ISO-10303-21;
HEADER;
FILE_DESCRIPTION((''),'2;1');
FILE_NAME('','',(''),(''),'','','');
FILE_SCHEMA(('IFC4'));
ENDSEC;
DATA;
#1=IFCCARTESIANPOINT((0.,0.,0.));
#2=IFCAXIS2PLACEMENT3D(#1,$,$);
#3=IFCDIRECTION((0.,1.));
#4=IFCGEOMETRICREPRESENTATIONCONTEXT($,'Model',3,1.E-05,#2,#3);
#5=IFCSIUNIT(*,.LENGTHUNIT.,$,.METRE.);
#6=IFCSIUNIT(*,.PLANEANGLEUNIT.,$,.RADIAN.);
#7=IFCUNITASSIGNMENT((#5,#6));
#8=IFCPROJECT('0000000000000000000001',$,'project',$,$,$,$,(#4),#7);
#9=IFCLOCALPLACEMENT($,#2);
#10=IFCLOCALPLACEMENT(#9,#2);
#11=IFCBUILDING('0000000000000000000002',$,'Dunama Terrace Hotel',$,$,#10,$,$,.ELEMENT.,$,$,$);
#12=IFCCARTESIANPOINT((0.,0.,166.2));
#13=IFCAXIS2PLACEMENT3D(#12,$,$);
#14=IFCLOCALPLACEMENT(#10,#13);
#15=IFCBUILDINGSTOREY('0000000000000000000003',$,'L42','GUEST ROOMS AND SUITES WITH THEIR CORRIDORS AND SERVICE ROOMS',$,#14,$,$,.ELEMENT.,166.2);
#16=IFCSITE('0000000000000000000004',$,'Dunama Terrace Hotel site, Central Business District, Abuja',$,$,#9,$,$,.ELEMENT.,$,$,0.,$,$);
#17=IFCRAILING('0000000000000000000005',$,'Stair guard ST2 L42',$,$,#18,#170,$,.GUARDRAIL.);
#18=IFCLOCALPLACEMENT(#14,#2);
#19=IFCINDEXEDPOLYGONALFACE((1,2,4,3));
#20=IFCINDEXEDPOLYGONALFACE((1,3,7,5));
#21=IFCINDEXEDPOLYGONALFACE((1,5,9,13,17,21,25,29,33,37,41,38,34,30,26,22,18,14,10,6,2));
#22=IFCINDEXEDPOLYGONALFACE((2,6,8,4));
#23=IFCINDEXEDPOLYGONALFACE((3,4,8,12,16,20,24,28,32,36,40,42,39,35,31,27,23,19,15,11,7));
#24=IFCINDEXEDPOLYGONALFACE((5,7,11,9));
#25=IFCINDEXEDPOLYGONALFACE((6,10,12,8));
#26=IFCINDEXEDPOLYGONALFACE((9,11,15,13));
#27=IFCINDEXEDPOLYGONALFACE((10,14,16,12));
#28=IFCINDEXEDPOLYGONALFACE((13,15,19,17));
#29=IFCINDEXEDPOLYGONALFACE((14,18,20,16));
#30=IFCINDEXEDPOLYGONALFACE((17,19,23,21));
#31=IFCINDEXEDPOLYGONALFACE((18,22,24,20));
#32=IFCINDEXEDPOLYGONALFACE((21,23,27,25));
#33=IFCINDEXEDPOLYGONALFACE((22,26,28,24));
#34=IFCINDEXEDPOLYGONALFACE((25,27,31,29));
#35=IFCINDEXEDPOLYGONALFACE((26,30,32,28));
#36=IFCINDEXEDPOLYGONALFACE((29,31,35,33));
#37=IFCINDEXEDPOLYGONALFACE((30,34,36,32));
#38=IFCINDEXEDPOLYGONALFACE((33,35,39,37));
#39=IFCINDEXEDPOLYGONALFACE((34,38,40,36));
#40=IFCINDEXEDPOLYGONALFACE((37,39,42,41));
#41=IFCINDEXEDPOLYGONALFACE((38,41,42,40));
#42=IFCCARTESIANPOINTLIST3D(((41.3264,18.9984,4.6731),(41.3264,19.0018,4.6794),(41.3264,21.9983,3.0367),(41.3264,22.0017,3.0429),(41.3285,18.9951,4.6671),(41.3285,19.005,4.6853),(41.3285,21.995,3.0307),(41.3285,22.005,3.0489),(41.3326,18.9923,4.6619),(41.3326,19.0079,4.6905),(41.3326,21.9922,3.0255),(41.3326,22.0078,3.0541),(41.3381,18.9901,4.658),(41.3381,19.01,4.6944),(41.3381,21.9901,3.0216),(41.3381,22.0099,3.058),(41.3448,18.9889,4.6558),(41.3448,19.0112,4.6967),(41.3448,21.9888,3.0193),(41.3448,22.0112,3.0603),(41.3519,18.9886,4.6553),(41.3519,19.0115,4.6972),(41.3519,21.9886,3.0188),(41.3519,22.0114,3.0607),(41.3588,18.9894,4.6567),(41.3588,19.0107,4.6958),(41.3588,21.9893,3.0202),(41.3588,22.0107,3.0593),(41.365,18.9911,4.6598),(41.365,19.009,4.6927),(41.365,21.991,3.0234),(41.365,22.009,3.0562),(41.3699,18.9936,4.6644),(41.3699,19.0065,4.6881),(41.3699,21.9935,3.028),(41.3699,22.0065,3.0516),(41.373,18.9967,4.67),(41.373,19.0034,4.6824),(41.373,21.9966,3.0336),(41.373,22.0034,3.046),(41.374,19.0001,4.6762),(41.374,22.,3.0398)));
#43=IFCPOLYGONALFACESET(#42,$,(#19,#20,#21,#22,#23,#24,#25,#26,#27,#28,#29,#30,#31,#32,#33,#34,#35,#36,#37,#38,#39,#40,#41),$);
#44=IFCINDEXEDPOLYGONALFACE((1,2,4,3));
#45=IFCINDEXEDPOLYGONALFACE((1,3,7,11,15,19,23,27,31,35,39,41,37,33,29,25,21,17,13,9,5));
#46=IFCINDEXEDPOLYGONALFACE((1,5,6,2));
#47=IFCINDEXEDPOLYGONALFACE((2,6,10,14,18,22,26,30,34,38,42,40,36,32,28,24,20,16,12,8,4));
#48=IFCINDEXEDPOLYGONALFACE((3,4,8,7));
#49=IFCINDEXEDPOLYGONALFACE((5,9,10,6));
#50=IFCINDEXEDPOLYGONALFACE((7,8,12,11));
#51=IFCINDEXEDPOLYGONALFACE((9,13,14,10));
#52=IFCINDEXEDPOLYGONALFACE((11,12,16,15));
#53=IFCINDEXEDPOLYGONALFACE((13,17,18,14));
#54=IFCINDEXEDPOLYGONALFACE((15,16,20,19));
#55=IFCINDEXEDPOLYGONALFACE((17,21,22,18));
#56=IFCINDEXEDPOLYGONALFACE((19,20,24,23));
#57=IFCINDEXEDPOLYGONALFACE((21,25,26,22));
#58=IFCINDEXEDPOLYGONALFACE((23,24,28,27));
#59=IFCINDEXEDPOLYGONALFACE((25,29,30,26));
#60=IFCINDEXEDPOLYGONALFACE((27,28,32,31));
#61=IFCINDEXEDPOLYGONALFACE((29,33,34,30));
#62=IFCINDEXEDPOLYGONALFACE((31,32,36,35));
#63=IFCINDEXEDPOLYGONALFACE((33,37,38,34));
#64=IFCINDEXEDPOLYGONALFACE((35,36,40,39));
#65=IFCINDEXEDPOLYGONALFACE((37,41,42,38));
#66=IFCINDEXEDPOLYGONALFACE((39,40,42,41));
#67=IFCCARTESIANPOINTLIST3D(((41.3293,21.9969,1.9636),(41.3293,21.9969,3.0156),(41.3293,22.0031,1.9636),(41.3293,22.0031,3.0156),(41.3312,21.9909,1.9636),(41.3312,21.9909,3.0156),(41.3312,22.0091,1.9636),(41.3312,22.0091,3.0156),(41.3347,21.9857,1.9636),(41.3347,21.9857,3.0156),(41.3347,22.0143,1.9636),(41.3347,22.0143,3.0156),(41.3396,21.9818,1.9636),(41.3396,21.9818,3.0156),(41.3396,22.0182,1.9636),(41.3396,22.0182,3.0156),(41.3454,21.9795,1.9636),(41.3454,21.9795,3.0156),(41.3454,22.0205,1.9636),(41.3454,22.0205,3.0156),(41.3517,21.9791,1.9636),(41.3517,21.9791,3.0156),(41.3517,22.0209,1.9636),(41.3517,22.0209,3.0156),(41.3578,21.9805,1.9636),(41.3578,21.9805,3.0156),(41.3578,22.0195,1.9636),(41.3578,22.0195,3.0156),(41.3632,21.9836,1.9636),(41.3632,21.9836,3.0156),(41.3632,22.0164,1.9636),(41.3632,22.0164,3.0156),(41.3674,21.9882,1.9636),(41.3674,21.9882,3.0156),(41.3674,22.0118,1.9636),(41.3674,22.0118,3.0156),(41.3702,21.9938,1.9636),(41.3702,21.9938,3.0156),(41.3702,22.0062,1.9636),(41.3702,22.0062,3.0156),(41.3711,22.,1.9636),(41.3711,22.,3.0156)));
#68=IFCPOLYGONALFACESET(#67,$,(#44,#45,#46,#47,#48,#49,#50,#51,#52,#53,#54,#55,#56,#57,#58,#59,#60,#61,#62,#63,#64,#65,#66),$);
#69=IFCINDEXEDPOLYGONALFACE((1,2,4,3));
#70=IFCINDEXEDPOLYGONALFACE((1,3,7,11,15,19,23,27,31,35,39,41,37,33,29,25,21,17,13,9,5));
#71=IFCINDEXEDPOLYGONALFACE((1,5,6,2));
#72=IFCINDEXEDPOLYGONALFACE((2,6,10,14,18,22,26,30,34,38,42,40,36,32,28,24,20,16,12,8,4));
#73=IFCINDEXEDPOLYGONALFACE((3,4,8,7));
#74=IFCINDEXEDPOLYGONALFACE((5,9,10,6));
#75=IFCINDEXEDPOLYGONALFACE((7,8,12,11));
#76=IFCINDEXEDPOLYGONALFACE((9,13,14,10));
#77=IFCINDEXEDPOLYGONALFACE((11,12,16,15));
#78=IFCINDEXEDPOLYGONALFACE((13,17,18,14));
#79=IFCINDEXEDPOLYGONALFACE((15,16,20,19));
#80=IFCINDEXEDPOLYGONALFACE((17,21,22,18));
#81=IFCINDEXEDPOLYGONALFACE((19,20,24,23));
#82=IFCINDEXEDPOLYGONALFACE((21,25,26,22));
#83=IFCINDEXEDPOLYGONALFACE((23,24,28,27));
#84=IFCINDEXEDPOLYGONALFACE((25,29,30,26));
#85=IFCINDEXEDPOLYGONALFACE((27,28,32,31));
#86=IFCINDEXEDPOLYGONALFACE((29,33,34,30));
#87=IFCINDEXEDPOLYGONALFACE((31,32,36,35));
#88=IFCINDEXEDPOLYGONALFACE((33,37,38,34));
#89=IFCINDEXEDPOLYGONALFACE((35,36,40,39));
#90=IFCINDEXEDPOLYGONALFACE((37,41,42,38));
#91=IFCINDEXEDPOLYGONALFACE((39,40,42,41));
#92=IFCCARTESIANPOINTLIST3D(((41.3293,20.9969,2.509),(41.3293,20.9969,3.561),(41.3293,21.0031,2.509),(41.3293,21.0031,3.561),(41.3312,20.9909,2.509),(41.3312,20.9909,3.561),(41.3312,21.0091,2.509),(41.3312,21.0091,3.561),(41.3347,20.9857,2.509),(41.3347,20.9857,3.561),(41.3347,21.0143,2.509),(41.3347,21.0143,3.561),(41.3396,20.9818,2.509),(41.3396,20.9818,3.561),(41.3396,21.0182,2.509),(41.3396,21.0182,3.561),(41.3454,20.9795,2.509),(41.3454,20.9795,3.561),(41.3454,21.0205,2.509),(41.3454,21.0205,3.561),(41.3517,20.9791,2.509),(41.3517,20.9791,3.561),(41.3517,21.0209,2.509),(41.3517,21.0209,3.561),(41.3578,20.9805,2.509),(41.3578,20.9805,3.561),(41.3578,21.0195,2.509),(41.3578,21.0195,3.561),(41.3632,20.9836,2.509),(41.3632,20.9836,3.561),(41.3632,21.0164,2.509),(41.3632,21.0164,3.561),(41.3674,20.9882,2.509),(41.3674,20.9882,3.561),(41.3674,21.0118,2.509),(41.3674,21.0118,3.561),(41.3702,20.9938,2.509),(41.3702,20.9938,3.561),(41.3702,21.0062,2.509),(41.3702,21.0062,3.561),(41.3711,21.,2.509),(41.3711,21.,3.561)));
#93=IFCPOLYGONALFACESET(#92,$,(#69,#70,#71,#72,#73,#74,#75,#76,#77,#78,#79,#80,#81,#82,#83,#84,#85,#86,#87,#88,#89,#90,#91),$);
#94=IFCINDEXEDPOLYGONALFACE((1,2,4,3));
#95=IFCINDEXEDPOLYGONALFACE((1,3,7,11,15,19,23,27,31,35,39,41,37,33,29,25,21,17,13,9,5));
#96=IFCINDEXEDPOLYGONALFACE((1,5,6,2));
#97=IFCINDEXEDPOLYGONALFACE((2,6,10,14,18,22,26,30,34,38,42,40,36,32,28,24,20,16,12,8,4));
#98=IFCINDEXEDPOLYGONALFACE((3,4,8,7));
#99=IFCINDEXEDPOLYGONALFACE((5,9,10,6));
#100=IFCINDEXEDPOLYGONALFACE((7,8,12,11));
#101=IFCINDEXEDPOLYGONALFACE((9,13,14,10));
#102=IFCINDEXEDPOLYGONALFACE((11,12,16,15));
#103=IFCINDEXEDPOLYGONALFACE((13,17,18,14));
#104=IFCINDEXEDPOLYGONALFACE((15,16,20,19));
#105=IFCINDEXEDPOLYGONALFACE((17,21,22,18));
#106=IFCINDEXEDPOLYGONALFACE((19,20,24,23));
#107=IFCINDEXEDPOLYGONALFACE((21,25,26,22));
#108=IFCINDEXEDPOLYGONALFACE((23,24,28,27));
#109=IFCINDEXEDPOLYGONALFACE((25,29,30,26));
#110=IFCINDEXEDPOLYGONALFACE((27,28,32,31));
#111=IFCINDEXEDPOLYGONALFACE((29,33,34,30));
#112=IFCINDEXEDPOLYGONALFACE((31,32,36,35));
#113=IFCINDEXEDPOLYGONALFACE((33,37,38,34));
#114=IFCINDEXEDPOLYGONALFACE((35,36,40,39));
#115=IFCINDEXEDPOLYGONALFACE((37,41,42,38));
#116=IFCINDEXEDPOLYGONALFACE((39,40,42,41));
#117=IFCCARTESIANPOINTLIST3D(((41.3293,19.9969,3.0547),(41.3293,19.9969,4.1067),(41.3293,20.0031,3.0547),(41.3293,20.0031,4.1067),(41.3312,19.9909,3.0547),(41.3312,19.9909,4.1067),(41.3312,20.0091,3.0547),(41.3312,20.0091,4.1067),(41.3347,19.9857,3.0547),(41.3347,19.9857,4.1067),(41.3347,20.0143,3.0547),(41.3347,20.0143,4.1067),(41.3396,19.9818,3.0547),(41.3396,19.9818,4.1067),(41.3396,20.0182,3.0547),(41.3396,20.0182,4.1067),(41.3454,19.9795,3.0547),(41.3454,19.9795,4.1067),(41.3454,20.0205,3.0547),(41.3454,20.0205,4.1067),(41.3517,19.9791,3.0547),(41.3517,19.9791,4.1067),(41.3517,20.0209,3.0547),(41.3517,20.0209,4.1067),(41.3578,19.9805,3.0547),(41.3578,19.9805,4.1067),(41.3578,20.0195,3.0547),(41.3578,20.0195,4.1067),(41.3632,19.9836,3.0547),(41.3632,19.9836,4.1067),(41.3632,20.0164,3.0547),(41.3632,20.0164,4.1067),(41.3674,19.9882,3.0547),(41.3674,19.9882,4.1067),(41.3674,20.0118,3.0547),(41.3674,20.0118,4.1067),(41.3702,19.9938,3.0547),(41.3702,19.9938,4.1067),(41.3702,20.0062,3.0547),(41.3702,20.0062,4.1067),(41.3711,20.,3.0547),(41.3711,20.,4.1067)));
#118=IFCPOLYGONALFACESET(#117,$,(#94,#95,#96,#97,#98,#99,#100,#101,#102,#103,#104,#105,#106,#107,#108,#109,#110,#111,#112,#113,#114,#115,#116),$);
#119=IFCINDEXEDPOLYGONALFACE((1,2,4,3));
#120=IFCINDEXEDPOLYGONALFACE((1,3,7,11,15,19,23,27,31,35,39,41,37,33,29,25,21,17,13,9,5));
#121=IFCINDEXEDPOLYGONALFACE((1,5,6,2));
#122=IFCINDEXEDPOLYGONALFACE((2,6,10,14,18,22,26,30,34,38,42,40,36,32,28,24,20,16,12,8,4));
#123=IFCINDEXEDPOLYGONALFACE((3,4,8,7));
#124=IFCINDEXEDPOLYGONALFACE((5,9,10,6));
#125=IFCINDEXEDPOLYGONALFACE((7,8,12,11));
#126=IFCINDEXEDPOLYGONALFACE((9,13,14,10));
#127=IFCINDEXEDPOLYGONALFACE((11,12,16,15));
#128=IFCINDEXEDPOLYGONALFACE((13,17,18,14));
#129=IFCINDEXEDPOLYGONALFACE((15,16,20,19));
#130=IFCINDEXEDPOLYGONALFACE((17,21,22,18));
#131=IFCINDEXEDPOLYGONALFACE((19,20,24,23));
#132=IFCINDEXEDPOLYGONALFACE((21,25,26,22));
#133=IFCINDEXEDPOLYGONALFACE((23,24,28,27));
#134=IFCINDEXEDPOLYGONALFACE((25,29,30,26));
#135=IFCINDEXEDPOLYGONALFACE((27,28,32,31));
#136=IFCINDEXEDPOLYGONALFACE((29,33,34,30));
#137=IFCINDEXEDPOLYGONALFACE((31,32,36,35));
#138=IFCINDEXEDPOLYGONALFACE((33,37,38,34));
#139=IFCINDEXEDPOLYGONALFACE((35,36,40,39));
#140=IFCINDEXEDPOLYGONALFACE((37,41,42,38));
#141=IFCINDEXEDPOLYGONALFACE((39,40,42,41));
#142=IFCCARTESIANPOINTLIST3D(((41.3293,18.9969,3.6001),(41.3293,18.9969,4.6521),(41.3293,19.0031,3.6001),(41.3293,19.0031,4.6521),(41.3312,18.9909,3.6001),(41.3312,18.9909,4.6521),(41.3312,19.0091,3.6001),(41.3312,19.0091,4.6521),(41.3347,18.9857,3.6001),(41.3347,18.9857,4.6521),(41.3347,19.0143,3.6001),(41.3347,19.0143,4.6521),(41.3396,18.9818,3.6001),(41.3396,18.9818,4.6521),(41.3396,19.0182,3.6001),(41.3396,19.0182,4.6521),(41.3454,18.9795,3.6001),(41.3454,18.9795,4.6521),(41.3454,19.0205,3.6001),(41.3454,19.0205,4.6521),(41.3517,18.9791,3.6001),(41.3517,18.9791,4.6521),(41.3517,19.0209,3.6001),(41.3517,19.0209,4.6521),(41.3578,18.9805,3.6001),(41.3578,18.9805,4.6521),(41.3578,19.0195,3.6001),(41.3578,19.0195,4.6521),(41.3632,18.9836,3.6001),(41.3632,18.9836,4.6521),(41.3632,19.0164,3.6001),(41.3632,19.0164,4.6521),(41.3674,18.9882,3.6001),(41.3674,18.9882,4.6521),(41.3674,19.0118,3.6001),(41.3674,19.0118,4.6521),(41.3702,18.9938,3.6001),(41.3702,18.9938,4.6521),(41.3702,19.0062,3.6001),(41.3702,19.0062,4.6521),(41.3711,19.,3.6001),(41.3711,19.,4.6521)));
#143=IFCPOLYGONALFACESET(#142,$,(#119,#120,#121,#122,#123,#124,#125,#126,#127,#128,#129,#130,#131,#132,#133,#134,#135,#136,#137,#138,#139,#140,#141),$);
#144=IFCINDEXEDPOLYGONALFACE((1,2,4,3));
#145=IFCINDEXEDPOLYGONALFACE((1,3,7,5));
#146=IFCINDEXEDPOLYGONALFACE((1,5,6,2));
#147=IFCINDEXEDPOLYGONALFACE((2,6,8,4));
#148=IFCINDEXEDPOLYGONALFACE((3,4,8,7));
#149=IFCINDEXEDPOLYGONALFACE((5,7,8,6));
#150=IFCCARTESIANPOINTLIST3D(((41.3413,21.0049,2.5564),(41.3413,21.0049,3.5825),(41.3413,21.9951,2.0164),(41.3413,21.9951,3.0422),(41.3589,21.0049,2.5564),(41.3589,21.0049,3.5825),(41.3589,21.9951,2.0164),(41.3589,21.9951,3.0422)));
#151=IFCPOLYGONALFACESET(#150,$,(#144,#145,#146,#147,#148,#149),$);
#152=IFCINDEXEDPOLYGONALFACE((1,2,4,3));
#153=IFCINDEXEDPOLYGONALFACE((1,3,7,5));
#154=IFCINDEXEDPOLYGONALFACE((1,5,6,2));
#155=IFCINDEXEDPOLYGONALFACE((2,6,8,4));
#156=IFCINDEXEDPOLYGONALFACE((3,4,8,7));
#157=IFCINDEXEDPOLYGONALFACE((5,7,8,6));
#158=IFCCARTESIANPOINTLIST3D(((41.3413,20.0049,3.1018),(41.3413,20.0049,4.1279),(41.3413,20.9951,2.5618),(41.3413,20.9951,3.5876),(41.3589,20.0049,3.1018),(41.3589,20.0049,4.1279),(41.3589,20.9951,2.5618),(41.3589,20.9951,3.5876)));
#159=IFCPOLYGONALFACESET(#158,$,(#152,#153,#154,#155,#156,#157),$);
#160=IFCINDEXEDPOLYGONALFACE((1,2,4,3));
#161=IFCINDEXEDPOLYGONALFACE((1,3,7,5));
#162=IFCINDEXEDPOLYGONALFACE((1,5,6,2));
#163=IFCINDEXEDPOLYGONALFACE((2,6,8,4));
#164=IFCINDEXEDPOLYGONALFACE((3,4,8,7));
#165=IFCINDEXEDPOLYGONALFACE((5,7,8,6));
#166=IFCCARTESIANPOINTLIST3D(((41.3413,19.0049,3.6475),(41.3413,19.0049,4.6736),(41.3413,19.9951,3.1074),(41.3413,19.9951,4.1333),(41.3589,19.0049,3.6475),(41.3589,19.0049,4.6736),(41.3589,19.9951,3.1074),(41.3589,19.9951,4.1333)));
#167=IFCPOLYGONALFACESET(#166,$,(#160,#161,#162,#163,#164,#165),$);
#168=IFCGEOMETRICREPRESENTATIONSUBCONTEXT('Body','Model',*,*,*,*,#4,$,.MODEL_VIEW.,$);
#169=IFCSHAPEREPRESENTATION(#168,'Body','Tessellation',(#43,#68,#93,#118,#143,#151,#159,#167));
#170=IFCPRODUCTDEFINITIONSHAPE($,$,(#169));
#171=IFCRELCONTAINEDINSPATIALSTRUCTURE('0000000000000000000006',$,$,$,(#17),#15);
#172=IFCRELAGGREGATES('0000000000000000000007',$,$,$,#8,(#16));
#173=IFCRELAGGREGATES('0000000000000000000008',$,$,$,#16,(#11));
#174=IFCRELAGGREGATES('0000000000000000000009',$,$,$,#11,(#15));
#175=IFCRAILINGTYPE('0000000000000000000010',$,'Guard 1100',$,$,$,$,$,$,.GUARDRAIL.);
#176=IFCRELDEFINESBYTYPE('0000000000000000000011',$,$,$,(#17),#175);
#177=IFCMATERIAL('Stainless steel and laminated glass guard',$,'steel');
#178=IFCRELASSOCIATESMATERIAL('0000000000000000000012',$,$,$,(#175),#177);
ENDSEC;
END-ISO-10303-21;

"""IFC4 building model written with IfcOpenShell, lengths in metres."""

from ifc_helpers import new_model, si_unit, direction, frame, origin, origin_2d, place, context, subcontext, project, spatial, polyline, circle, outline, extrude, material, type_object, element, save


model = new_model("IFC4")

# Units and contexts
model_context = context("Model", 3, precision=1e-05, world=origin(), true_north=direction((0.0, 1.0)))
body_context = subcontext(model_context, "Body", "Model", "MODEL_VIEW")
ifc_project = project(units=[si_unit("LENGTHUNIT", "METRE"), si_unit("PLANEANGLEUNIT", "RADIAN")], contexts=[model_context])

# Site, building, storey
site_placement = place(None, origin())
site = spatial("IfcSite", under=ifc_project, at=site_placement, Name="Dunama Terrace Hotel site, Central Business District, Abuja", CompositionType="ELEMENT", RefElevation=0.0)
building_placement = place(site_placement, origin())
building = spatial("IfcBuilding", under=site, at=building_placement, Name="Dunama Terrace Hotel", CompositionType="ELEMENT")
storey_placement = place(building_placement, frame((0.0, 0.0, 166.2)))
storey = spatial("IfcBuildingStorey", under=building, at=storey_placement, Name="L42", Description="GUEST ROOMS AND SUITES WITH THEIR CORRIDORS AND SERVICE ROOMS", CompositionType="ELEMENT", Elevation=166.2)

# Railing
ifc_material_1 = material(Name="Stainless steel and laminated glass guard", Category="steel")
railing_type_1 = type_object("IfcRailingType", Name="Guard 1100", PredefinedType="GUARDRAIL", material=ifc_material_1)
railing_1_placement = place(storey_placement, frame((41.3501, 22.0, 1.9636)))
element("IfcRailing", 1, at=railing_1_placement, inside=storey, type_object=railing_type_1, Name="Stair guard ST2 L42", PredefinedType="GUARDRAIL", context=body_context, shape_type="SweptSolid", body=[
    extrude(circle(Radius=0.0239, at=origin_2d()), frame((0.0, 0.0, 1.0762), z_axis=(0.0, -0.877882, 0.478877), x_axis=(1.0, 0.0, 0.0)), (0.0, 0.0, 1.0), 3.4172),
    extrude(circle(Radius=0.021, at=origin_2d()), origin(), (0.0, 0.0, 1.0), 1.052),
    extrude(circle(Radius=0.021, at=origin_2d()), frame((0.0, -1.0, 0.5454)), (0.0, 0.0, 1.0), 1.052),
    extrude(circle(Radius=0.021, at=origin_2d()), frame((0.0, -2.0, 1.0911)), (0.0, 0.0, 1.0), 1.052),
    extrude(circle(Radius=0.021, at=origin_2d()), frame((0.0, -3.0, 1.6365)), (0.0, 0.0, 1.0), 1.052),
    extrude(outline(polyline([(0.0049, 0.0527), (0.9951, 0.5928), (0.9951, 1.6189), (0.0049, 1.0786), (0.0049, 0.0527)])), frame((0.0088, 0.0, 0.0), z_axis=(-1.0, 0.0, 0.0), x_axis=(0.0, -1.0, 0.0)), (0.0, 0.0, 1.0), 0.0176),
    extrude(outline(polyline([(0.0049, 0.0527), (0.9951, 0.5928), (0.9951, 1.6189), (0.0049, 1.0786), (0.0049, 0.0527)])), frame((0.0088, -1.0, 0.5454), z_axis=(-1.0, 0.0, 0.0), x_axis=(0.0, -1.0, 0.0)), (0.0, 0.0, 1.0), 0.0176),
    extrude(outline(polyline([(0.0049, 0.0527), (0.9951, 0.5928), (0.9951, 1.6189), (0.0049, 1.0786), (0.0049, 0.0527)])), frame((0.0088, -2.0, 1.0911), z_axis=(-1.0, 0.0, 0.0), x_axis=(0.0, -1.0, 0.0)), (0.0, 0.0, 1.0), 0.0176),
])

save(model, "model.ifc")
